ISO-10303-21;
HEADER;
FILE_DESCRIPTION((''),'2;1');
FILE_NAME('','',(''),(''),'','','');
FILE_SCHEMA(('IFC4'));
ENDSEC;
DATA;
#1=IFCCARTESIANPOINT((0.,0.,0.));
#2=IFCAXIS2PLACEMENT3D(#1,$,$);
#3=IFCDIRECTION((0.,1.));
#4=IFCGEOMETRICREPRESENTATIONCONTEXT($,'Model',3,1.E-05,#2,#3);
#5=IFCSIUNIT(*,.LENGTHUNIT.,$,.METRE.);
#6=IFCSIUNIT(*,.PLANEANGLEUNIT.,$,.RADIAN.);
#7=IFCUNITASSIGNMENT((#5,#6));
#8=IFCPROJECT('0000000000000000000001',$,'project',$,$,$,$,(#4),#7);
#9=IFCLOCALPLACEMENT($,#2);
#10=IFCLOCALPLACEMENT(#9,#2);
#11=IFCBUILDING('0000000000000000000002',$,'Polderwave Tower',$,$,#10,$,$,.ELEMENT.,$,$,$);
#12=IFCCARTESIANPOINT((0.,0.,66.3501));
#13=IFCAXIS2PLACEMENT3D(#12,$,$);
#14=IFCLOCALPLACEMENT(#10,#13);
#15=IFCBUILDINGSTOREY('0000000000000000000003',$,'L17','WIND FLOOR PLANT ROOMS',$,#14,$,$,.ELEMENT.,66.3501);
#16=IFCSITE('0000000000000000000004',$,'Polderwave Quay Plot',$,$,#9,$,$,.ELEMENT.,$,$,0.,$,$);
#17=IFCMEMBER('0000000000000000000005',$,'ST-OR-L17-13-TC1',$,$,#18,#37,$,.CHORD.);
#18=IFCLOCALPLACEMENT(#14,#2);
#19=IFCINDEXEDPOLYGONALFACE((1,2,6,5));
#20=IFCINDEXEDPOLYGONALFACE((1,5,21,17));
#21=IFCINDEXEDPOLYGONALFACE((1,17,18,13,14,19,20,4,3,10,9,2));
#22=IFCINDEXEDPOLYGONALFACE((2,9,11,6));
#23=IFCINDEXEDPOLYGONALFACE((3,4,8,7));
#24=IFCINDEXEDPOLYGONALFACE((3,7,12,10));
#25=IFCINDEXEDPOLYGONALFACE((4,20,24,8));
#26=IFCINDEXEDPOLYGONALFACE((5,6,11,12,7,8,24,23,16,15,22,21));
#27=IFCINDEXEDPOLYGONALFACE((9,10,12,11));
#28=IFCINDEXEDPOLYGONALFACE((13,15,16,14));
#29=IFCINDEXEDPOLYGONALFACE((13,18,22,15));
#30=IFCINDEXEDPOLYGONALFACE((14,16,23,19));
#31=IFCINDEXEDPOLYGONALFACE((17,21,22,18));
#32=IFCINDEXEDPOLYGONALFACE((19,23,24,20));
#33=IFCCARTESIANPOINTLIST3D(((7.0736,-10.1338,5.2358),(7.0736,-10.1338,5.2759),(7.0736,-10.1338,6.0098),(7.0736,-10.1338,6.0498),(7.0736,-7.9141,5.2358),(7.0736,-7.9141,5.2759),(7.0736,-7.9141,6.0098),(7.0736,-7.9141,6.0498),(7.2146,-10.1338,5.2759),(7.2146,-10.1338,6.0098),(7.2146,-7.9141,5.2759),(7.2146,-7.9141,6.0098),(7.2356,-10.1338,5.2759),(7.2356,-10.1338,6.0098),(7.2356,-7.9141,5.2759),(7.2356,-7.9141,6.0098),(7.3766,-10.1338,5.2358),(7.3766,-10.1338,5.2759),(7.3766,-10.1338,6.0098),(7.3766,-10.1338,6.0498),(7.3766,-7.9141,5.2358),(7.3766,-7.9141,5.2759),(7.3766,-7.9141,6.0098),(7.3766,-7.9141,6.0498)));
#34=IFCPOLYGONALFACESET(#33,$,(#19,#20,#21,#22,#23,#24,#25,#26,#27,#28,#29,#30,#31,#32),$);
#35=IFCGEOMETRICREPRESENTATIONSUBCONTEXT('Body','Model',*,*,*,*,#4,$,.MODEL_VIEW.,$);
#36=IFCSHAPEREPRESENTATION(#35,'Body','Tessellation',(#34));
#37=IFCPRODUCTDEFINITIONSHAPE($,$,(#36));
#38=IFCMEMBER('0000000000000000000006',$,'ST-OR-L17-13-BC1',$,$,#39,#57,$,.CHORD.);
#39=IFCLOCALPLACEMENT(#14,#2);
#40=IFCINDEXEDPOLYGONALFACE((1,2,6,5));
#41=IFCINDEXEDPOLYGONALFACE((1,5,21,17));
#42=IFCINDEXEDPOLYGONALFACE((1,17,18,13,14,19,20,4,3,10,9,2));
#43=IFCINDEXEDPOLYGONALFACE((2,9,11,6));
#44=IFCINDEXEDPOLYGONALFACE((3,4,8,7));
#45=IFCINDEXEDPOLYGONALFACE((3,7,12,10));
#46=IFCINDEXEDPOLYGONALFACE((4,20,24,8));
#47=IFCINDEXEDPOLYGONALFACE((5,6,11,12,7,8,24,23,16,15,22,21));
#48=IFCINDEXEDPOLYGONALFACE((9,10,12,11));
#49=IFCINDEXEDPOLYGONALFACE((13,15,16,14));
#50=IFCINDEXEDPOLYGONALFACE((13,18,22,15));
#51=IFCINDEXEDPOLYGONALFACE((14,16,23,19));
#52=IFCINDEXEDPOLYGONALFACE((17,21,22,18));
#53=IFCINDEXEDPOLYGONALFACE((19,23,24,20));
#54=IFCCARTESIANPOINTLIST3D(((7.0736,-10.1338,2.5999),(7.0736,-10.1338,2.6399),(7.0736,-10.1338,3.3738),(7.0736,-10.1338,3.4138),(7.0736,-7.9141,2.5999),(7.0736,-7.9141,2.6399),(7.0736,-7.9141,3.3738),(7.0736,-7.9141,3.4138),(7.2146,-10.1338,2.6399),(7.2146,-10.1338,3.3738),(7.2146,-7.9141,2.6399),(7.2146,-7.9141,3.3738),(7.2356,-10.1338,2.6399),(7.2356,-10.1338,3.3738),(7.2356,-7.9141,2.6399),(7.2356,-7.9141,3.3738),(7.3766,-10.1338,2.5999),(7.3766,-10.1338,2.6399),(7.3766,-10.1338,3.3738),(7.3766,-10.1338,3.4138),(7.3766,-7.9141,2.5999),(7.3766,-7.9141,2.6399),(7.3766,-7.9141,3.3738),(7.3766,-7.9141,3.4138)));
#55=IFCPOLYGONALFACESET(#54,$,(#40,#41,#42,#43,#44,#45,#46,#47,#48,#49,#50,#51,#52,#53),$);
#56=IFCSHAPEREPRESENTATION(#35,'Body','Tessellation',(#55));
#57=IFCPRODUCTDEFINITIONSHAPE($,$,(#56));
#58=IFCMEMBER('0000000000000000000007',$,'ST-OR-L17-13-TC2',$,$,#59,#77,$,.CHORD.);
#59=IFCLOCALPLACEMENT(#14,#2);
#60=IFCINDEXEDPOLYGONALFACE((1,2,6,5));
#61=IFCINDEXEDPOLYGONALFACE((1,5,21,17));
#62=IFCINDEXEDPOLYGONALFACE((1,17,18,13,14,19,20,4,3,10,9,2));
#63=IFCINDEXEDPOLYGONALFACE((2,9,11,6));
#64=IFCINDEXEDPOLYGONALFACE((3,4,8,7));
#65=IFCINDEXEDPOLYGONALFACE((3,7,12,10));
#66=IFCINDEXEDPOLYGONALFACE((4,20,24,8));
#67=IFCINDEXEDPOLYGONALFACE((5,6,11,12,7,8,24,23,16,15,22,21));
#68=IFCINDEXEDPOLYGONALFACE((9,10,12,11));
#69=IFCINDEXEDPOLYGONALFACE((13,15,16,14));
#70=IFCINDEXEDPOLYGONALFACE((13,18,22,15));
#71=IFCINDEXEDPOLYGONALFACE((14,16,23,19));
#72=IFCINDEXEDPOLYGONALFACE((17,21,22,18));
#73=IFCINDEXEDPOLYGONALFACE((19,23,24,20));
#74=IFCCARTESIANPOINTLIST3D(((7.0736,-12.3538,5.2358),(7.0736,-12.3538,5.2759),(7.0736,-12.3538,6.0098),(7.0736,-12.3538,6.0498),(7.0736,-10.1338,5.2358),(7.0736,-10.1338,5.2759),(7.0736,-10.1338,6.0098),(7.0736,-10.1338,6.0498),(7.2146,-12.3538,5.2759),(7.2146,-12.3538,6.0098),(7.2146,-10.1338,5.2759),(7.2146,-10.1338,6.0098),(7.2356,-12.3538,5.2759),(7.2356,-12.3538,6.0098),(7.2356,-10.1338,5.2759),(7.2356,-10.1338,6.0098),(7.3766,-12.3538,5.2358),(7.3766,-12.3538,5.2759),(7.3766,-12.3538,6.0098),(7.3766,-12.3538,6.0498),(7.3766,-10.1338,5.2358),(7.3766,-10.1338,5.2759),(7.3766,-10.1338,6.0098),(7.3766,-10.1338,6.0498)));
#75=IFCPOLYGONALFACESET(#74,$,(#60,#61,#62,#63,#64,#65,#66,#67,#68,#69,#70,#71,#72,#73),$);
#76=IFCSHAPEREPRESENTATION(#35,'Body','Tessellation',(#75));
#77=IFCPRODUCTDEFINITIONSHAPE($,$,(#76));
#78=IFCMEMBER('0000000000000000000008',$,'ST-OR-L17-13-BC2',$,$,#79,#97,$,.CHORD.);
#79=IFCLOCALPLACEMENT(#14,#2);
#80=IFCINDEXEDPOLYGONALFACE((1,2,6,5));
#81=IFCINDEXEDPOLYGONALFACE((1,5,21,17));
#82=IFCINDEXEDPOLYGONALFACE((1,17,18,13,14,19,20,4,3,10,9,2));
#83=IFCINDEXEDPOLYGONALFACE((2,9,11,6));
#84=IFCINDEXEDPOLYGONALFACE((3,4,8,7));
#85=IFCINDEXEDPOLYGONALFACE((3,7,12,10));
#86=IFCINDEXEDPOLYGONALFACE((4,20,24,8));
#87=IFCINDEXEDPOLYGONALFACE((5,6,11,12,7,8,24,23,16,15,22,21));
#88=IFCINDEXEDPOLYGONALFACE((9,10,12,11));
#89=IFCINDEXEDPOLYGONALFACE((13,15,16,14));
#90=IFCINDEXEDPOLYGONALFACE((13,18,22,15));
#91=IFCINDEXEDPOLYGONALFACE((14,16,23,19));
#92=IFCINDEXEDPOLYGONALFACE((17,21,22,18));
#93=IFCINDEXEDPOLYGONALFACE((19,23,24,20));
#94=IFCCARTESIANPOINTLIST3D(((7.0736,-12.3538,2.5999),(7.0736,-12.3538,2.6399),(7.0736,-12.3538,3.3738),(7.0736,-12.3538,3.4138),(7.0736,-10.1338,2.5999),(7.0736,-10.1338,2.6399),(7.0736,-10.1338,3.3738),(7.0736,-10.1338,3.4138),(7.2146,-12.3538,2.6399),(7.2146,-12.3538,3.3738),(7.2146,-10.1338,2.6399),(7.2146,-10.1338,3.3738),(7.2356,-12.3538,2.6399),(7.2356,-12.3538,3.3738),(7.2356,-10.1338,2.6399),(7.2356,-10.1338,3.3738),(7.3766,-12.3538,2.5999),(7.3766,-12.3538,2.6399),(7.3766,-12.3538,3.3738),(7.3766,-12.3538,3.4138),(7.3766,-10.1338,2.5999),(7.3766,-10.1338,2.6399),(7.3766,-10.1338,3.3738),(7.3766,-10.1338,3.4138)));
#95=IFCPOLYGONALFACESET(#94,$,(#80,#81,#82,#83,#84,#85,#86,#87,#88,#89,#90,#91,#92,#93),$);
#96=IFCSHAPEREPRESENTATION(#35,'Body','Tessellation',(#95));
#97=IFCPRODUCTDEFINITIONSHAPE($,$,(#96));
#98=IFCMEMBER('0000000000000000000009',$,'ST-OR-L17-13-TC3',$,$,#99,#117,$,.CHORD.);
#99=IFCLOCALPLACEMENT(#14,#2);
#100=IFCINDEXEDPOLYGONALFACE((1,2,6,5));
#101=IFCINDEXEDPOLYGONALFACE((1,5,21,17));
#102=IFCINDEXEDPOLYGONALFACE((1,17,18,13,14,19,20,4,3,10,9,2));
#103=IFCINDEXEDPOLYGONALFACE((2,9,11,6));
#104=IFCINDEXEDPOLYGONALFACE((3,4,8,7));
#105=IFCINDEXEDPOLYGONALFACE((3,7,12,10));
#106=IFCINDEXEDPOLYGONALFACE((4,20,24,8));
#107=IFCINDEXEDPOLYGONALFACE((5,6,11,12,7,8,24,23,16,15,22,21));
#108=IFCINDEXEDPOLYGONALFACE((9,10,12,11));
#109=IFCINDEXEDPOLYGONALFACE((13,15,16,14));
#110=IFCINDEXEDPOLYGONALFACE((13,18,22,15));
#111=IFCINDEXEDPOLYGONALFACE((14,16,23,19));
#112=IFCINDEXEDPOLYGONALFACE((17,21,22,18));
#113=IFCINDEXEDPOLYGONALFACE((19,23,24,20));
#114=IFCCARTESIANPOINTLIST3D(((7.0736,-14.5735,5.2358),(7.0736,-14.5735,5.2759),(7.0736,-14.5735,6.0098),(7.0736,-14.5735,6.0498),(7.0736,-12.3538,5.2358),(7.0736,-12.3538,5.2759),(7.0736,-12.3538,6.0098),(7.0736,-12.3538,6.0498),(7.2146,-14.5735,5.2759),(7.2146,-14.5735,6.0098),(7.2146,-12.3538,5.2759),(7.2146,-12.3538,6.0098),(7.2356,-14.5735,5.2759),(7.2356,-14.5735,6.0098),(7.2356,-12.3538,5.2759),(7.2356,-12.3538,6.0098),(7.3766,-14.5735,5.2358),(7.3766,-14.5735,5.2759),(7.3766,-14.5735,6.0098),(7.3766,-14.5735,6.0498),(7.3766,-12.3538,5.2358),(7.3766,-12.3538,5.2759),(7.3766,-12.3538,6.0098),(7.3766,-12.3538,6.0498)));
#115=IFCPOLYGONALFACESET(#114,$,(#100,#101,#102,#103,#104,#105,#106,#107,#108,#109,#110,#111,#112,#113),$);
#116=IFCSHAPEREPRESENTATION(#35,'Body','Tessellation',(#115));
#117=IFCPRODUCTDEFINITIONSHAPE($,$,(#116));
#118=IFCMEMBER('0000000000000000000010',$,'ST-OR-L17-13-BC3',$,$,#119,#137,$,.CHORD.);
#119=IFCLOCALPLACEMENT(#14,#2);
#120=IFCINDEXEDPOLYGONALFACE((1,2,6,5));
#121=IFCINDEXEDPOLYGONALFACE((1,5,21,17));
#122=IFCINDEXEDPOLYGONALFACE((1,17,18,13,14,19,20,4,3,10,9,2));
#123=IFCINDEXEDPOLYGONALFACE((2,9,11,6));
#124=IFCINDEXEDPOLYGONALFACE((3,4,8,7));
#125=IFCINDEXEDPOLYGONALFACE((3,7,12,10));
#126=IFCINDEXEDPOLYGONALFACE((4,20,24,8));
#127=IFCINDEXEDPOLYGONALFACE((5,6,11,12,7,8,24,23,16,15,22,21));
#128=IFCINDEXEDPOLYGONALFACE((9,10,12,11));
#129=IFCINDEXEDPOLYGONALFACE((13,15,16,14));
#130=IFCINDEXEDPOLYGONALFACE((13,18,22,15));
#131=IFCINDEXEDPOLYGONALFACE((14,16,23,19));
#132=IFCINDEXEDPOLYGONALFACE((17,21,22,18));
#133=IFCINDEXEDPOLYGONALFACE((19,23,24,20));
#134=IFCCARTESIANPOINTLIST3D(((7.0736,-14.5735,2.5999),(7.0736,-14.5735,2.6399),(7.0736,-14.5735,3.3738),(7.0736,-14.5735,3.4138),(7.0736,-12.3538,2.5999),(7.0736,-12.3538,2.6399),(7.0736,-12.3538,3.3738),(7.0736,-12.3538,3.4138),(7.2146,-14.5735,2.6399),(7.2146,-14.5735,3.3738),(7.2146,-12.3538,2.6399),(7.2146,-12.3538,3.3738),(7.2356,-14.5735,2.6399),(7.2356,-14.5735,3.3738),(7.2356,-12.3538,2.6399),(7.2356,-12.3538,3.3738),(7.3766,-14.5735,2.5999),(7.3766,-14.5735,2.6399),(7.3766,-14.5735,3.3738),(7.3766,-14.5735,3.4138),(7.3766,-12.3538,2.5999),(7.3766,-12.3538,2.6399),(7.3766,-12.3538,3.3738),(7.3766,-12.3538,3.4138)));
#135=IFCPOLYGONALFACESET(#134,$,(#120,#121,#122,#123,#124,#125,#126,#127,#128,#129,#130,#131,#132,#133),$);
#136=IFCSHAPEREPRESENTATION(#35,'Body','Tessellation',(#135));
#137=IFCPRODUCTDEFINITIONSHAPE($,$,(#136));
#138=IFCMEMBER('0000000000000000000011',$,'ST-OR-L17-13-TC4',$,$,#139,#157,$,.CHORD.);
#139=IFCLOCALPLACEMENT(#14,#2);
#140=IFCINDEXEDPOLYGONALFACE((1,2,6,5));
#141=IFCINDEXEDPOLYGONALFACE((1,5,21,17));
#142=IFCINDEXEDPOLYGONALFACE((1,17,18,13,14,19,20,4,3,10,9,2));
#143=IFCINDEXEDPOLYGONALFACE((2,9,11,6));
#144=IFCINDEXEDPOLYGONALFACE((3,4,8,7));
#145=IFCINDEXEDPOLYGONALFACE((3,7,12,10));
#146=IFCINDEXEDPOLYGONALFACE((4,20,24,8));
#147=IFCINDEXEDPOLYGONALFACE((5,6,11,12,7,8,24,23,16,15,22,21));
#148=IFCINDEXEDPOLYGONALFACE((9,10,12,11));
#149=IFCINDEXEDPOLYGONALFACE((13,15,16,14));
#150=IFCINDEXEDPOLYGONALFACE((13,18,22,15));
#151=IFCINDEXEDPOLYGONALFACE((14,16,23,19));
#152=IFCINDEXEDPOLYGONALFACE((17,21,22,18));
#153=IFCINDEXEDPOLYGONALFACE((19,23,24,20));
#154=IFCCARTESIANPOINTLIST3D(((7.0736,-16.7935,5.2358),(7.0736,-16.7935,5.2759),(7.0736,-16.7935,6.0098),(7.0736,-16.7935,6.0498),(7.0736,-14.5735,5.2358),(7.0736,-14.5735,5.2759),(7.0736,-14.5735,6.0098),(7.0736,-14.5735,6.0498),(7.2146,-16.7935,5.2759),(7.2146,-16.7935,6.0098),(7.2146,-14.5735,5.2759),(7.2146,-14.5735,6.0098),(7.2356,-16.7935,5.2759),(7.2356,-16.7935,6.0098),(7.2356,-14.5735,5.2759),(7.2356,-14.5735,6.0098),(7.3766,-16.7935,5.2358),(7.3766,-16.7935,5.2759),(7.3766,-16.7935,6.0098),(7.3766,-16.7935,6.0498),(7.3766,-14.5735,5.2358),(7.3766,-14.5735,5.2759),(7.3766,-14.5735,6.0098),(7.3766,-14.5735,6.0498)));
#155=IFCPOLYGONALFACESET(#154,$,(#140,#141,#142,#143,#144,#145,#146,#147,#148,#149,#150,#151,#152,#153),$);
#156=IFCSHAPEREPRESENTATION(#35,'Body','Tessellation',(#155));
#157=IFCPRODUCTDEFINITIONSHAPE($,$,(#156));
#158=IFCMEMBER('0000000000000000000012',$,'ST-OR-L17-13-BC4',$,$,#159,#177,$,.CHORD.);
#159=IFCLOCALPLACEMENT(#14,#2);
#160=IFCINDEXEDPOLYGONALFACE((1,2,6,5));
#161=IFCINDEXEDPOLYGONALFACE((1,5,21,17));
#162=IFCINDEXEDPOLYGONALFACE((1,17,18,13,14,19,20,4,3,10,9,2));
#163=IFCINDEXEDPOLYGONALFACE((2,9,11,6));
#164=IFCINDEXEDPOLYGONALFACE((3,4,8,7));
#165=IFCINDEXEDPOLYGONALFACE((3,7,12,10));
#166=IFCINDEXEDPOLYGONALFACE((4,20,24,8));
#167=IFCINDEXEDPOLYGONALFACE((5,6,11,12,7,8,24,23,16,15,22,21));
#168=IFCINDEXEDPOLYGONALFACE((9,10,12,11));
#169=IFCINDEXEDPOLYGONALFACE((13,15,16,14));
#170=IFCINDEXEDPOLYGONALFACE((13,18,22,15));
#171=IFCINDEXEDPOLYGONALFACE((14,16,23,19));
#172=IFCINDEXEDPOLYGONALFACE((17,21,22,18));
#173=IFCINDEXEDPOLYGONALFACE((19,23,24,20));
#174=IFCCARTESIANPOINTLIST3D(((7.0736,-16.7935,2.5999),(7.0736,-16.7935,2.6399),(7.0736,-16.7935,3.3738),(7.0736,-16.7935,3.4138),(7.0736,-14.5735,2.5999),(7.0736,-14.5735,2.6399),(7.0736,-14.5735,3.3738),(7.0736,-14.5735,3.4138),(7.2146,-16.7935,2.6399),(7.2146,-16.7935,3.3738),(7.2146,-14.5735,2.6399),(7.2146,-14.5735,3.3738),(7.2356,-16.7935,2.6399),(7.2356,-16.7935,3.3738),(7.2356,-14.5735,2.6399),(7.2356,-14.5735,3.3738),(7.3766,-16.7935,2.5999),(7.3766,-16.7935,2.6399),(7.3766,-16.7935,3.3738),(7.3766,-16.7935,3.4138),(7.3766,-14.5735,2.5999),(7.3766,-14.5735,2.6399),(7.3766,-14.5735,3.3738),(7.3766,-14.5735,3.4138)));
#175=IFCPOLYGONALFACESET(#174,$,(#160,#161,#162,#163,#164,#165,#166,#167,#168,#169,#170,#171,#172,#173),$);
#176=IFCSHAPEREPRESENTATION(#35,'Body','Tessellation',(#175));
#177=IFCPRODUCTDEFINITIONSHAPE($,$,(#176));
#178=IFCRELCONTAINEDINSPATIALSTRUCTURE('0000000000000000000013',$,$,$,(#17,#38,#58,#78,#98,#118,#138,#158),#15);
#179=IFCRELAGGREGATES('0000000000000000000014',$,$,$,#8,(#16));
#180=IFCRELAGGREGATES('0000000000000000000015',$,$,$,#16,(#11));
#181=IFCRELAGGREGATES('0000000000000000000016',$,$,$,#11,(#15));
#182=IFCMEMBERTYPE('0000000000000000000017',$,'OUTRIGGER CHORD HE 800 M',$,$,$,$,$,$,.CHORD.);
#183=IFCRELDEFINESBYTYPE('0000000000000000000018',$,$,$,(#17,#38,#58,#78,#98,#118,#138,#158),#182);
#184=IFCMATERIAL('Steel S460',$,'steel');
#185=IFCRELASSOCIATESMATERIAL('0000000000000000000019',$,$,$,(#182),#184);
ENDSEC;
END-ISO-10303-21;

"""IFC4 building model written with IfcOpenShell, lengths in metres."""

from ifc_helpers import new_model, si_unit, direction, frame, origin, origin_2d, place, context, subcontext, project, spatial, i_section, extrude, material, material_profile, profile_set, type_object, element, save


model = new_model("IFC4")

# Units and contexts
model_context = context("Model", 3, precision=1e-05, world=origin(), true_north=direction((0.0, 1.0)))
body_context = subcontext(model_context, "Body", "Model", "MODEL_VIEW")
ifc_project = project(units=[si_unit("LENGTHUNIT", "METRE"), si_unit("PLANEANGLEUNIT", "RADIAN")], contexts=[model_context])

# Site, building, storey
site_placement = place(None, origin())
site = spatial("IfcSite", under=ifc_project, at=site_placement, Name="Polderwave Quay Plot", CompositionType="ELEMENT", RefElevation=0.0)
building_placement = place(site_placement, origin())
building = spatial("IfcBuilding", under=site, at=building_placement, Name="Polderwave Tower", CompositionType="ELEMENT")
storey_placement = place(building_placement, frame((0.0, 0.0, 66.3501)))
storey = spatial("IfcBuildingStorey", under=building, at=storey_placement, Name="L17", Description="WIND FLOOR PLANT ROOMS", CompositionType="ELEMENT", Elevation=66.3501)

# Members
ifc_material_1 = material(Name="Steel S460", Category="steel")
ifc_material_profile_1 = material_profile(ifc_material_1, i_section(OverallWidth=0.303, OverallDepth=0.814, WebThickness=0.021, FlangeThickness=0.04, at=origin_2d()), Name="HE 800 M")
ifc_profile_set_1 = profile_set([ifc_material_profile_1], Name="Steel S460")
member_type_1 = type_object("IfcMemberType", Name="OUTRIGGER CHORD HE 800 M", PredefinedType="CHORD", material=ifc_profile_set_1)
for number, where, z_axis, x_axis, name in (
    (1, (7.2251, -7.9141, 5.6428), (0.0, -1.0, 0.0), (1.0, 0.0, 0.0), "ST-OR-L17-13-TC1"),
    (2, (7.2251, -7.9141, 3.0068), (0.0, -1.0, 0.0), (1.0, 0.0, 0.0), "ST-OR-L17-13-BC1"),
):
    element("IfcMember", number, at=place(storey_placement, frame(where, z_axis=z_axis, x_axis=x_axis)), inside=storey, type_object=member_type_1, Name=name, PredefinedType="CHORD", context=body_context, shape_type="SweptSolid", body=[
        extrude(i_section(OverallWidth=0.303, OverallDepth=0.814, WebThickness=0.021, FlangeThickness=0.04, at=origin_2d()), origin(), (0.0, 0.0, 1.0), 2.2197),
    ])
for number, where, z_axis, x_axis, name in (
    (3, (7.2251, -10.1338, 5.6428), (0.0, -1.0, 0.0), (1.0, 0.0, 0.0), "ST-OR-L17-13-TC2"),
    (4, (7.2251, -10.1338, 3.0068), (0.0, -1.0, 0.0), (1.0, 0.0, 0.0), "ST-OR-L17-13-BC2"),
):
    element("IfcMember", number, at=place(storey_placement, frame(where, z_axis=z_axis, x_axis=x_axis)), inside=storey, type_object=member_type_1, Name=name, PredefinedType="CHORD", context=body_context, shape_type="SweptSolid", body=[
        extrude(i_section(OverallWidth=0.303, OverallDepth=0.814, WebThickness=0.021, FlangeThickness=0.04, at=origin_2d()), origin(), (0.0, 0.0, 1.0), 2.22),
    ])
for number, where, z_axis, x_axis, name in (
    (5, (7.2251, -12.3538, 5.6428), (0.0, -1.0, 0.0), (1.0, 0.0, 0.0), "ST-OR-L17-13-TC3"),
    (6, (7.2251, -12.3538, 3.0068), (0.0, -1.0, 0.0), (1.0, 0.0, 0.0), "ST-OR-L17-13-BC3"),
):
    element("IfcMember", number, at=place(storey_placement, frame(where, z_axis=z_axis, x_axis=x_axis)), inside=storey, type_object=member_type_1, Name=name, PredefinedType="CHORD", context=body_context, shape_type="SweptSolid", body=[
        extrude(i_section(OverallWidth=0.303, OverallDepth=0.814, WebThickness=0.021, FlangeThickness=0.04, at=origin_2d()), origin(), (0.0, 0.0, 1.0), 2.2197),
    ])
for number, where, z_axis, x_axis, name in (
    (7, (7.2251, -14.5735, 5.6428), (0.0, -1.0, 0.0), (1.0, 0.0, 0.0), "ST-OR-L17-13-TC4"),
    (8, (7.2251, -14.5735, 3.0068), (0.0, -1.0, 0.0), (1.0, 0.0, 0.0), "ST-OR-L17-13-BC4"),
):
    element("IfcMember", number, at=place(storey_placement, frame(where, z_axis=z_axis, x_axis=x_axis)), inside=storey, type_object=member_type_1, Name=name, PredefinedType="CHORD", context=body_context, shape_type="SweptSolid", body=[
        extrude(i_section(OverallWidth=0.303, OverallDepth=0.814, WebThickness=0.021, FlangeThickness=0.04, at=origin_2d()), origin(), (0.0, 0.0, 1.0), 2.22),
    ])

save(model, "model.ifc")
